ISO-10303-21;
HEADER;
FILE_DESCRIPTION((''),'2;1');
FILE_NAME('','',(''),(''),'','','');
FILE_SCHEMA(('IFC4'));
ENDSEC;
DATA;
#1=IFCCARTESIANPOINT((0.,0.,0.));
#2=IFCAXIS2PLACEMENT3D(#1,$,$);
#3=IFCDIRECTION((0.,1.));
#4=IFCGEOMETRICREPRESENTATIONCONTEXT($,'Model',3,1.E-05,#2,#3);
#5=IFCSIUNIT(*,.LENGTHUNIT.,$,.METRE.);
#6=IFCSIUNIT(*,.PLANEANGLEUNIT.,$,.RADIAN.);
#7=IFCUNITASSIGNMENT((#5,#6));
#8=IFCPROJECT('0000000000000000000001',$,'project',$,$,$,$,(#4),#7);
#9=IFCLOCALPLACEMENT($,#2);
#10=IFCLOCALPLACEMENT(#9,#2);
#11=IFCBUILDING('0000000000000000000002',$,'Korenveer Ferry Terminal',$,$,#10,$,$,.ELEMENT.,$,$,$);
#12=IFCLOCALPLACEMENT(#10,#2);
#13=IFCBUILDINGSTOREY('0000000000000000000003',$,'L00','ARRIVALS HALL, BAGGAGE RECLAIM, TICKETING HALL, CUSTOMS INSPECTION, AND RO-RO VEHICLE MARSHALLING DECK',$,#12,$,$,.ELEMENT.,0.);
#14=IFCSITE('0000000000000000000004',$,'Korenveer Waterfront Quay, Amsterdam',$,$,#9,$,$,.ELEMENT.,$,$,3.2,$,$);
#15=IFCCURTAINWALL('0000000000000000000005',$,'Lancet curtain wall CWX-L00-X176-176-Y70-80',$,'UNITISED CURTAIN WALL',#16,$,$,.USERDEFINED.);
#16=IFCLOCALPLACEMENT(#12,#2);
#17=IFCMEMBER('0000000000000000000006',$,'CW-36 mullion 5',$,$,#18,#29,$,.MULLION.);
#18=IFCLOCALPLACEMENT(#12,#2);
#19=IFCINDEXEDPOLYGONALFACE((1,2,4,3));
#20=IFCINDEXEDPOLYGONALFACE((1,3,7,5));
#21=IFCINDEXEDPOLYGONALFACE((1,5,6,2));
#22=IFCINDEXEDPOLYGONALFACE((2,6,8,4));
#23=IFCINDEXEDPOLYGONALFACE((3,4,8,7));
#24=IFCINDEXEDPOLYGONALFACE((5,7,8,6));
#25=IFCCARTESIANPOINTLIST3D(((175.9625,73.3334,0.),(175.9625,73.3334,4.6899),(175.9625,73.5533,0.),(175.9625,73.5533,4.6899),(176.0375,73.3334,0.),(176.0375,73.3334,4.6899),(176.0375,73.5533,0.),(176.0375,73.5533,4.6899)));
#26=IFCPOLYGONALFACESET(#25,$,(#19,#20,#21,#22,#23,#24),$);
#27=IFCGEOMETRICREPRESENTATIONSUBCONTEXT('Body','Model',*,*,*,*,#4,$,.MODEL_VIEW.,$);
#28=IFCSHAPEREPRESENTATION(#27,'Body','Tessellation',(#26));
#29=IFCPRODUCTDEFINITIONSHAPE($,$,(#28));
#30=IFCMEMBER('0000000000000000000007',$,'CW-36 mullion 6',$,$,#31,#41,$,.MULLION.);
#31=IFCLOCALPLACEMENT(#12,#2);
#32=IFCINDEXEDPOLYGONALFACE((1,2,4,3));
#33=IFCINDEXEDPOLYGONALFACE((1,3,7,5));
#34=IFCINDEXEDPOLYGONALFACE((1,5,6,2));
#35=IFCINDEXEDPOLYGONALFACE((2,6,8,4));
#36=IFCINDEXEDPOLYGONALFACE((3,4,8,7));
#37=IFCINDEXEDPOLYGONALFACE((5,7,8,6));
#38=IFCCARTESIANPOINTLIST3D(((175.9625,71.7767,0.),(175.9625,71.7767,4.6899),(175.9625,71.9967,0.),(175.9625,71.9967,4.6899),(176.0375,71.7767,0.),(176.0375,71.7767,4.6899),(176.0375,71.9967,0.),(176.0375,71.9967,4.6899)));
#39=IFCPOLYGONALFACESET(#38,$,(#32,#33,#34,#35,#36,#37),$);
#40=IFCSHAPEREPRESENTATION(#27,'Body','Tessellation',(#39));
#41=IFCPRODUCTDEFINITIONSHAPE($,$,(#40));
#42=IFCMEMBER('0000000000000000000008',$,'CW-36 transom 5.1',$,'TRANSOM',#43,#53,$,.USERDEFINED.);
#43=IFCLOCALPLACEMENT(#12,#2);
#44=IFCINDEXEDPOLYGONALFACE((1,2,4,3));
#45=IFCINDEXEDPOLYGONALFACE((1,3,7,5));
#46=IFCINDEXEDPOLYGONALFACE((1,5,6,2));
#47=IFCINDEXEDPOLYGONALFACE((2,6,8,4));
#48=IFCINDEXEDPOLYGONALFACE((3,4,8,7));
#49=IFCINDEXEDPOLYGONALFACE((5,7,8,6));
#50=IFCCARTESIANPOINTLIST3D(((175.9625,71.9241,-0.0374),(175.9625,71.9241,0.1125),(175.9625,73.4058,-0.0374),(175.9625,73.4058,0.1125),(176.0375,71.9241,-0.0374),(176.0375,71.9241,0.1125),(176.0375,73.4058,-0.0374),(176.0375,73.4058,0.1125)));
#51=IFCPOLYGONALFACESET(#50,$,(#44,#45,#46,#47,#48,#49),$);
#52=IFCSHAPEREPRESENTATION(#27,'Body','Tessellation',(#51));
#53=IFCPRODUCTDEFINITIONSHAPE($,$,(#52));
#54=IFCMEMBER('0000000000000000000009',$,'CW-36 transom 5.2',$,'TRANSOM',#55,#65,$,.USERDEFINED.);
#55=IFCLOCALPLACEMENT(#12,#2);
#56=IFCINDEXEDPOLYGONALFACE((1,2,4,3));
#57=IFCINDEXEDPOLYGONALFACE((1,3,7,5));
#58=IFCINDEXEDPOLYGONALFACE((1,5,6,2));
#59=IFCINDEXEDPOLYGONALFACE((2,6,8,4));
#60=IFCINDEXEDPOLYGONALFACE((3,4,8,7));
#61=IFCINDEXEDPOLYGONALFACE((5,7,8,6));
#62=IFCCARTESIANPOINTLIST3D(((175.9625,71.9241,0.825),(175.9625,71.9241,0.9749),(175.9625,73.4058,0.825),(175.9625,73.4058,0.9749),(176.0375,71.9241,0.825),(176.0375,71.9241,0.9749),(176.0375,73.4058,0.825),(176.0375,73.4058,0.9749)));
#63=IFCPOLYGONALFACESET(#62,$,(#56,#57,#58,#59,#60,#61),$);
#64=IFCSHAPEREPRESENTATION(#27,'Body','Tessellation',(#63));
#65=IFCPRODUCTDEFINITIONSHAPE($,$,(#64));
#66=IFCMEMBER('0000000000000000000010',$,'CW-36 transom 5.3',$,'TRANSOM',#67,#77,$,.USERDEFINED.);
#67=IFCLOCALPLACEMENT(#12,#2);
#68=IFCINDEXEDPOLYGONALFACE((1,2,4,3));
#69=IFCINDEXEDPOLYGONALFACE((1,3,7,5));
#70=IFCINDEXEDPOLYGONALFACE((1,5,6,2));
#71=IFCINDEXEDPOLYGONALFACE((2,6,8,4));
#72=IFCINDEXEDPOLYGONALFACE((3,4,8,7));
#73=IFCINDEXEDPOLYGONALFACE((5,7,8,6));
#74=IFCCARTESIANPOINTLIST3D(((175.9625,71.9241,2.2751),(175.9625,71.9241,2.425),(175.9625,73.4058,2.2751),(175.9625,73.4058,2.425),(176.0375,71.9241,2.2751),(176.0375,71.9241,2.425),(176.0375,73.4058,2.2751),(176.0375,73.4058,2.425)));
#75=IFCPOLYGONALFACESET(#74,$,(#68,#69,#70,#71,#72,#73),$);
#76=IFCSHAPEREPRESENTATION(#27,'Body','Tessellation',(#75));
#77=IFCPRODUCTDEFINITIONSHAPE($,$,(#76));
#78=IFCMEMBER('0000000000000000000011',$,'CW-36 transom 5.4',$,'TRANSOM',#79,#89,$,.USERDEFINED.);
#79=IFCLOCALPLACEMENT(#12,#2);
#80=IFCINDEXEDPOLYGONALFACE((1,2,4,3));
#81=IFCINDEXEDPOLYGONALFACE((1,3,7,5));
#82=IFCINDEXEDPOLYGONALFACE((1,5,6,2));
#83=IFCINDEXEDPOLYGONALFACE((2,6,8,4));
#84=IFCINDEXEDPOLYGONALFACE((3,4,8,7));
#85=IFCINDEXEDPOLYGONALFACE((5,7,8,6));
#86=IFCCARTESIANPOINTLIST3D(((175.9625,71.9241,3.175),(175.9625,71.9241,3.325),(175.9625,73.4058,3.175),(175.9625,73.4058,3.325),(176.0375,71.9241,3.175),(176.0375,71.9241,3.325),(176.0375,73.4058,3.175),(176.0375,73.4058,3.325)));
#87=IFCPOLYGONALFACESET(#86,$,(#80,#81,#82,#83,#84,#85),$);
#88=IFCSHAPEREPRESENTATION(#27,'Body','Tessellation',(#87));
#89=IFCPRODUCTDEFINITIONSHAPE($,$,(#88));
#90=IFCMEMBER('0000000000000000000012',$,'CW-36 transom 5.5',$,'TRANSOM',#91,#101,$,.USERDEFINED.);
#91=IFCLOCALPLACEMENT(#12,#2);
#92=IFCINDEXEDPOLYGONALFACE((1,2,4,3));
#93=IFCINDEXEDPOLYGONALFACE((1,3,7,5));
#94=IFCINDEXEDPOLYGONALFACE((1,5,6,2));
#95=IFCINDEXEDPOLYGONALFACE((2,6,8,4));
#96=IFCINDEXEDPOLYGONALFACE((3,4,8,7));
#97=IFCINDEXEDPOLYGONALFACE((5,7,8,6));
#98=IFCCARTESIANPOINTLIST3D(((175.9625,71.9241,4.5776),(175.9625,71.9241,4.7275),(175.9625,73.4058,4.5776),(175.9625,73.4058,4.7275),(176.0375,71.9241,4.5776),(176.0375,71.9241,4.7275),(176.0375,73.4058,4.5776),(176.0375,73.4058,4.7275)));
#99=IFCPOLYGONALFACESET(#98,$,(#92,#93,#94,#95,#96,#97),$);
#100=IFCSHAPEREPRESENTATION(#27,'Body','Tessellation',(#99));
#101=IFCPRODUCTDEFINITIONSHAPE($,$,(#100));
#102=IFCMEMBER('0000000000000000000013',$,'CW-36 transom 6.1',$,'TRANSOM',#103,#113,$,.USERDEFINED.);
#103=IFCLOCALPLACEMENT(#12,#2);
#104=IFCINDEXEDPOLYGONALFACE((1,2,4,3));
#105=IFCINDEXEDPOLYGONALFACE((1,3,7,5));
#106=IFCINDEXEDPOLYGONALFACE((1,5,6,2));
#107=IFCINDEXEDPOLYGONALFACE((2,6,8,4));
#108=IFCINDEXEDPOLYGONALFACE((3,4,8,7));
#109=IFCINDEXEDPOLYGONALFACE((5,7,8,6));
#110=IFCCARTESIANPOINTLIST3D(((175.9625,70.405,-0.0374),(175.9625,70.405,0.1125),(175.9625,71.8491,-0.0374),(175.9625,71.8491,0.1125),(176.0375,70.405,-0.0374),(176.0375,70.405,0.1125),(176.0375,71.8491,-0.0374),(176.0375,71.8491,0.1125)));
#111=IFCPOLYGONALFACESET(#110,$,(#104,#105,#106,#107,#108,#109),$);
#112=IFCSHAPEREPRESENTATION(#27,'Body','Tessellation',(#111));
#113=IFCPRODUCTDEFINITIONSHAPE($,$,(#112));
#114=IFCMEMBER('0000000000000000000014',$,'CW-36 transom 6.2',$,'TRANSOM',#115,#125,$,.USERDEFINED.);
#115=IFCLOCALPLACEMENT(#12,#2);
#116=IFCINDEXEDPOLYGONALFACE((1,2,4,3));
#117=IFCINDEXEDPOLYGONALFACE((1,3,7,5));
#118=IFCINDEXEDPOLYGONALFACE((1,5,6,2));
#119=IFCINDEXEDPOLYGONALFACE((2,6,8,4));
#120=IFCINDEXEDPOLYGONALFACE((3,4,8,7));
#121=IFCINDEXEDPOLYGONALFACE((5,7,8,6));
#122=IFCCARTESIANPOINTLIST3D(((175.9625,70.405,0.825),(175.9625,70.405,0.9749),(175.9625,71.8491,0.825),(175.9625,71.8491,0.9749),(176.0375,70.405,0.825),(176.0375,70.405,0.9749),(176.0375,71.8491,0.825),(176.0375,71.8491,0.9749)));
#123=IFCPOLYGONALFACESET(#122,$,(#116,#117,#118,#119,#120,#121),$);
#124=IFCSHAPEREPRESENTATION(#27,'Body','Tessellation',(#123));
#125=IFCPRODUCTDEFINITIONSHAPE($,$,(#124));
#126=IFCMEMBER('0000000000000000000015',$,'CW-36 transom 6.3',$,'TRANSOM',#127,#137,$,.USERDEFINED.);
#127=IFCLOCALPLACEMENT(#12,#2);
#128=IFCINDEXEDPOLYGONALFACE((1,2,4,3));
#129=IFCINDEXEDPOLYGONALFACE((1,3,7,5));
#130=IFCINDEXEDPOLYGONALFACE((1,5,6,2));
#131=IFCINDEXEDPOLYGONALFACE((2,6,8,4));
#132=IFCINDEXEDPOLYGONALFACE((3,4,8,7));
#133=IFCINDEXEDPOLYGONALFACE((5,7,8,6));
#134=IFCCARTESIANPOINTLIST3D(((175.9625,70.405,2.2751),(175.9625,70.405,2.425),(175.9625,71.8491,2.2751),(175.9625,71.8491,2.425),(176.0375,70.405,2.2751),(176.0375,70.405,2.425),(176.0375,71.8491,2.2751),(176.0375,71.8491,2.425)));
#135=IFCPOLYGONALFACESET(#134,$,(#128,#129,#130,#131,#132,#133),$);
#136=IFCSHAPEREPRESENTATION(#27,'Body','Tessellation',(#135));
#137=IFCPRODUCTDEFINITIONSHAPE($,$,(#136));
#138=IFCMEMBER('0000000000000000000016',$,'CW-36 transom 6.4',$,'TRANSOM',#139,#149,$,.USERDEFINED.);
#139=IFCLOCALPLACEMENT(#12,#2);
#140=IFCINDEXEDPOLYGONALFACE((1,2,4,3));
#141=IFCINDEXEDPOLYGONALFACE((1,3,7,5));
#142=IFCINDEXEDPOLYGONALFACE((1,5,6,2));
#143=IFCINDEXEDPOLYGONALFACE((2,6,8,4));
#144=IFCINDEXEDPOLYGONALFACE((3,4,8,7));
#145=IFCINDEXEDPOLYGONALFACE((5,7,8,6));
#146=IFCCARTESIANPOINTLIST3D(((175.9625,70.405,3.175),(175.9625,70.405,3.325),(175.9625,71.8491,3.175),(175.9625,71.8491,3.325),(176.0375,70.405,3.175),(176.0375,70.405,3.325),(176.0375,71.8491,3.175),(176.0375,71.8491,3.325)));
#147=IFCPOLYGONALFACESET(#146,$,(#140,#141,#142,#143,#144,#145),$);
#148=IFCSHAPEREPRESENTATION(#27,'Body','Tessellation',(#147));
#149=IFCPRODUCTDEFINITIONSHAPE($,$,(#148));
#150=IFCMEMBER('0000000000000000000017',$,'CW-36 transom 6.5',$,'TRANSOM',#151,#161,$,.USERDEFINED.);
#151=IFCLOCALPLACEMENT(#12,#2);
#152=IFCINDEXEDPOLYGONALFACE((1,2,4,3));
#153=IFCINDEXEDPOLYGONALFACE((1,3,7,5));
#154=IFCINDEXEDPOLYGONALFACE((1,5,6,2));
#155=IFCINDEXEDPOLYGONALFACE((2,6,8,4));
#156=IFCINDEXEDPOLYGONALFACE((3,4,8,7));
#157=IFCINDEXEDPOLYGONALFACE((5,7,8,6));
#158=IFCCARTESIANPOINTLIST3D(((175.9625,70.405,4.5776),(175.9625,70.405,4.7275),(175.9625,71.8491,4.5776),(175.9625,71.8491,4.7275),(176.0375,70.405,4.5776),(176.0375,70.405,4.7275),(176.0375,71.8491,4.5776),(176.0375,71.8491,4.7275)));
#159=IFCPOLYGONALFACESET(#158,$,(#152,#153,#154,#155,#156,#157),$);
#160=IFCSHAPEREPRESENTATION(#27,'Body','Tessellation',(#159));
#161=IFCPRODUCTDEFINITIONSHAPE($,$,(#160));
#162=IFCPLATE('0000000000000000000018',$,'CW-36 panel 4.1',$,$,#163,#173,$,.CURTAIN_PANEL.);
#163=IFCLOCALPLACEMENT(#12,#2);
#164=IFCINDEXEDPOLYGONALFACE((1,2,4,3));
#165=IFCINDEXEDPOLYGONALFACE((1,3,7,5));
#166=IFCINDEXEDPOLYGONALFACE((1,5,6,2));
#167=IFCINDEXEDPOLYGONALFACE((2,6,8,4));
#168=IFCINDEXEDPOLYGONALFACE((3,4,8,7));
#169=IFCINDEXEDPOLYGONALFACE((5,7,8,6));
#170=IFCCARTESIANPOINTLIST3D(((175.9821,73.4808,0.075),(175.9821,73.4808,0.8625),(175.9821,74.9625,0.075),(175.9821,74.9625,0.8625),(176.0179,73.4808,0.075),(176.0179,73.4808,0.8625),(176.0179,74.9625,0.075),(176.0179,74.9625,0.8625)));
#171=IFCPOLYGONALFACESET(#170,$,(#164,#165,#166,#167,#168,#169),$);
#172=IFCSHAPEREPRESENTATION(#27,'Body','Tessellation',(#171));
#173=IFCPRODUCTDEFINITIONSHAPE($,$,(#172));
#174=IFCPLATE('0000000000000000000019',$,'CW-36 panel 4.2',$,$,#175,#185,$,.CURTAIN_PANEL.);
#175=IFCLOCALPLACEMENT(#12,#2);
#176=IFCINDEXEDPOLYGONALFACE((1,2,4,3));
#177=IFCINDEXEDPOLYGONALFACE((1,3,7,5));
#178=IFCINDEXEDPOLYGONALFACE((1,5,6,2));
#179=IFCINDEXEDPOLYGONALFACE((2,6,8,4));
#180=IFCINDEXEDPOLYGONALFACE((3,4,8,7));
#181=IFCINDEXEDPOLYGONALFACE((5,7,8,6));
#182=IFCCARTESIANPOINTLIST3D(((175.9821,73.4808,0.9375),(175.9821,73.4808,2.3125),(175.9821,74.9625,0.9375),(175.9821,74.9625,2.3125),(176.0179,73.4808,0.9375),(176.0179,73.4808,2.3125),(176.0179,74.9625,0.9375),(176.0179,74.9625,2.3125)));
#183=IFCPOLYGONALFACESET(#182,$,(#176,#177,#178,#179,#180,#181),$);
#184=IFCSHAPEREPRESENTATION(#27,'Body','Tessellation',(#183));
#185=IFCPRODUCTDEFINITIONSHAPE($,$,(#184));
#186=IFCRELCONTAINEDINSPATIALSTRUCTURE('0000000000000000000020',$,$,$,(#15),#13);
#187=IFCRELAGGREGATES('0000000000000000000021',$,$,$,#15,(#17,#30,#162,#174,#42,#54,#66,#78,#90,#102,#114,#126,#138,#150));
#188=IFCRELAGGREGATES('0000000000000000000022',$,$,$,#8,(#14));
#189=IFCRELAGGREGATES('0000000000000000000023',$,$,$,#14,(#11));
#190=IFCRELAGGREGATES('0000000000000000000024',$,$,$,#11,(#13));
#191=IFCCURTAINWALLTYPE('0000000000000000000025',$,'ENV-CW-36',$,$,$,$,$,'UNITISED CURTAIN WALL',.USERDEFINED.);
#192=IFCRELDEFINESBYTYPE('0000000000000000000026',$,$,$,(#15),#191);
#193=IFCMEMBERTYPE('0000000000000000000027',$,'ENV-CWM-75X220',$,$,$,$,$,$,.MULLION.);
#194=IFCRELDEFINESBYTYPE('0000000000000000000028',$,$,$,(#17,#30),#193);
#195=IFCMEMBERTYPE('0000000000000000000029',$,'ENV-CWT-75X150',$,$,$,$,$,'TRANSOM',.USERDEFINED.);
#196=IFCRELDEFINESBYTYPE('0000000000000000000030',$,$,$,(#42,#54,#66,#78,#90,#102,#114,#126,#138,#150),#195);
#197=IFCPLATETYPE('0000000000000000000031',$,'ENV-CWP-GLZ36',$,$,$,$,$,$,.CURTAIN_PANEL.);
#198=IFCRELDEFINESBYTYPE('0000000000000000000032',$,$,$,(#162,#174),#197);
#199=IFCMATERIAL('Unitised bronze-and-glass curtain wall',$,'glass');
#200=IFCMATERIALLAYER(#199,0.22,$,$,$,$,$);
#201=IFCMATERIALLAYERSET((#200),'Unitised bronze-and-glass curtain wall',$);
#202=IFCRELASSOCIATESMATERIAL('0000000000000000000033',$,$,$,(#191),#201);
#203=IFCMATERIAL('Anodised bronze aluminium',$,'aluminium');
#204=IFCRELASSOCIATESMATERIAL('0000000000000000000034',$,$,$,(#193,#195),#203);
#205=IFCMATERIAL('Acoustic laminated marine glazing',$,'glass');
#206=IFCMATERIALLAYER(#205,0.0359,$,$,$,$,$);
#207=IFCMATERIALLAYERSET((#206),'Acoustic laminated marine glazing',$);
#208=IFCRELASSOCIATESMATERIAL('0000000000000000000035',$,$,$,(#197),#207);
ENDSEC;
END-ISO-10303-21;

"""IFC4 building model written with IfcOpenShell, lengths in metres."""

from ifc_helpers import new_model, si_unit, direction, frame, origin, origin_2d, place, context, subcontext, project, spatial, rectangle, extrude, material, layer, layer_set, material_profile, profile_set, type_object, element, aggregate, save


model = new_model("IFC4")

# Units and contexts
model_context = context("Model", 3, precision=1e-05, world=origin(), true_north=direction((0.0, 1.0)))
body_context = subcontext(model_context, "Body", "Model", "MODEL_VIEW")
ifc_project = project(units=[si_unit("LENGTHUNIT", "METRE"), si_unit("PLANEANGLEUNIT", "RADIAN")], contexts=[model_context])

# Site, building, storey
site_placement = place(None, origin())
site = spatial("IfcSite", under=ifc_project, at=site_placement, Name="Korenveer Waterfront Quay, Amsterdam", CompositionType="ELEMENT", RefElevation=3.2)
building_placement = place(site_placement, origin())
building = spatial("IfcBuilding", under=site, at=building_placement, Name="Korenveer Ferry Terminal", CompositionType="ELEMENT")
storey_placement = place(building_placement, origin())
storey = spatial("IfcBuildingStorey", under=building, at=storey_placement, Name="L00", Description="ARRIVALS HALL, BAGGAGE RECLAIM, TICKETING HALL, CUSTOMS INSPECTION, AND RO-RO VEHICLE MARSHALLING DECK", CompositionType="ELEMENT", Elevation=0.0)

# Curtain wall, members, plates
ifc_material_1 = material(Name="Unitised bronze-and-glass curtain wall", Category="glass")
ifc_layer_1 = layer(ifc_material_1, 0.22)
ifc_layer_set_1 = layer_set([ifc_layer_1], Name="Unitised bronze-and-glass curtain wall")
curtain_wall_type = type_object("IfcCurtainWallType", Name="ENV-CW-36", ElementType="UNITISED CURTAIN WALL", PredefinedType="USERDEFINED", material=ifc_layer_set_1)
curtain_wall_placement = place(storey_placement, frame((176.0, 79.6699, 0.0)))
curtain_wall = element("IfcCurtainWall", 1, at=curtain_wall_placement, inside=storey, type_object=curtain_wall_type, Name="Lancet curtain wall CWX-L00-X176-176-Y70-80", ObjectType="UNITISED CURTAIN WALL", PredefinedType="USERDEFINED")
ifc_material_2 = material(Name="Anodised bronze aluminium", Category="aluminium")
ifc_material_profile_1 = material_profile(ifc_material_2, rectangle(XDim=0.075, YDim=0.22, at=origin_2d()), Name="ALU 75x220")
ifc_profile_set_1 = profile_set([ifc_material_profile_1], Name="Anodised bronze aluminium")
member_type_1 = type_object("IfcMemberType", Name="ENV-CWM-75X220", PredefinedType="MULLION", material=ifc_profile_set_1)
member_1_placement = place(storey_placement, frame((176.0, 73.4434, 0.0), z_axis=(0.0, 0.0, 1.0), x_axis=(1.0, 0.0, 0.0)))
member_1 = element("IfcMember", 2, at=member_1_placement, type_object=member_type_1, Name="CW-36 mullion 5", PredefinedType="MULLION", context=body_context, shape_type="SweptSolid", body=[
    extrude(rectangle(XDim=0.075, YDim=0.22, at=origin_2d()), origin(), (0.0, 0.0, 1.0), 4.6899),
])
member_2_placement = place(storey_placement, frame((176.0, 71.8867, 0.0), z_axis=(0.0, 0.0, 1.0), x_axis=(1.0, 0.0, 0.0)))
member_2 = element("IfcMember", 3, at=member_2_placement, type_object=member_type_1, Name="CW-36 mullion 6", PredefinedType="MULLION", context=body_context, shape_type="SweptSolid", body=[
    extrude(rectangle(XDim=0.075, YDim=0.22, at=origin_2d()), origin(), (0.0, 0.0, 1.0), 4.6899),
])
ifc_material_profile_2 = material_profile(ifc_material_2, rectangle(XDim=0.075, YDim=0.1499, at=origin_2d()), Name="ALU 75x150")
ifc_profile_set_2 = profile_set([ifc_material_profile_2], Name="Anodised bronze aluminium")
member_type_2 = type_object("IfcMemberType", Name="ENV-CWT-75X150", ElementType="TRANSOM", PredefinedType="USERDEFINED", material=ifc_profile_set_2)
member_3_placement = place(storey_placement, frame((176.0, 73.4058, 0.0376), z_axis=(0.0, -1.0, 0.0), x_axis=(1.0, 0.0, 0.0)))
member_3 = element("IfcMember", 4, at=member_3_placement, type_object=member_type_2, Name="CW-36 transom 5.1", ObjectType="TRANSOM", PredefinedType="USERDEFINED", context=body_context, shape_type="SweptSolid", body=[
    extrude(rectangle(XDim=0.075, YDim=0.1499, at=origin_2d()), origin(), (0.0, 0.0, 1.0), 1.4817),
])
member_4_placement = place(storey_placement, frame((176.0, 73.4058, 0.8999), z_axis=(0.0, -1.0, 0.0), x_axis=(1.0, 0.0, 0.0)))
member_4 = element("IfcMember", 5, at=member_4_placement, type_object=member_type_2, Name="CW-36 transom 5.2", ObjectType="TRANSOM", PredefinedType="USERDEFINED", context=body_context, shape_type="SweptSolid", body=[
    extrude(rectangle(XDim=0.075, YDim=0.1499, at=origin_2d()), origin(), (0.0, 0.0, 1.0), 1.4817),
])
member_5_placement = place(storey_placement, frame((176.0, 73.4058, 2.3501), z_axis=(0.0, -1.0, 0.0), x_axis=(1.0, 0.0, 0.0)))
member_5 = element("IfcMember", 6, at=member_5_placement, type_object=member_type_2, Name="CW-36 transom 5.3", ObjectType="TRANSOM", PredefinedType="USERDEFINED", context=body_context, shape_type="SweptSolid", body=[
    extrude(rectangle(XDim=0.075, YDim=0.1499, at=origin_2d()), origin(), (0.0, 0.0, 1.0), 1.4817),
])
member_6_placement = place(storey_placement, frame((176.0, 73.4058, 3.25), z_axis=(0.0, -1.0, 0.0), x_axis=(1.0, 0.0, 0.0)))
member_6 = element("IfcMember", 7, at=member_6_placement, type_object=member_type_2, Name="CW-36 transom 5.4", ObjectType="TRANSOM", PredefinedType="USERDEFINED", context=body_context, shape_type="SweptSolid", body=[
    extrude(rectangle(XDim=0.075, YDim=0.1499, at=origin_2d()), origin(), (0.0, 0.0, 1.0), 1.4817),
])
member_7_placement = place(storey_placement, frame((176.0, 73.4058, 4.6526), z_axis=(0.0, -1.0, 0.0), x_axis=(1.0, 0.0, 0.0)))
member_7 = element("IfcMember", 8, at=member_7_placement, type_object=member_type_2, Name="CW-36 transom 5.5", ObjectType="TRANSOM", PredefinedType="USERDEFINED", context=body_context, shape_type="SweptSolid", body=[
    extrude(rectangle(XDim=0.075, YDim=0.1499, at=origin_2d()), origin(), (0.0, 0.0, 1.0), 1.4817),
])
member_8_placement = place(storey_placement, frame((176.0, 71.8491, 0.0376), z_axis=(0.0, -1.0, 0.0), x_axis=(1.0, 0.0, 0.0)))
member_8 = element("IfcMember", 9, at=member_8_placement, type_object=member_type_2, Name="CW-36 transom 6.1", ObjectType="TRANSOM", PredefinedType="USERDEFINED", context=body_context, shape_type="SweptSolid", body=[
    extrude(rectangle(XDim=0.075, YDim=0.1499, at=origin_2d()), origin(), (0.0, 0.0, 1.0), 1.4441),
])
member_9_placement = place(storey_placement, frame((176.0, 71.8491, 0.8999), z_axis=(0.0, -1.0, 0.0), x_axis=(1.0, 0.0, 0.0)))
member_9 = element("IfcMember", 10, at=member_9_placement, type_object=member_type_2, Name="CW-36 transom 6.2", ObjectType="TRANSOM", PredefinedType="USERDEFINED", context=body_context, shape_type="SweptSolid", body=[
    extrude(rectangle(XDim=0.075, YDim=0.1499, at=origin_2d()), origin(), (0.0, 0.0, 1.0), 1.4441),
])
member_10_placement = place(storey_placement, frame((176.0, 71.8491, 2.3501), z_axis=(0.0, -1.0, 0.0), x_axis=(1.0, 0.0, 0.0)))
member_10 = element("IfcMember", 11, at=member_10_placement, type_object=member_type_2, Name="CW-36 transom 6.3", ObjectType="TRANSOM", PredefinedType="USERDEFINED", context=body_context, shape_type="SweptSolid", body=[
    extrude(rectangle(XDim=0.075, YDim=0.1499, at=origin_2d()), origin(), (0.0, 0.0, 1.0), 1.4441),
])
member_11_placement = place(storey_placement, frame((176.0, 71.8491, 3.25), z_axis=(0.0, -1.0, 0.0), x_axis=(1.0, 0.0, 0.0)))
member_11 = element("IfcMember", 12, at=member_11_placement, type_object=member_type_2, Name="CW-36 transom 6.4", ObjectType="TRANSOM", PredefinedType="USERDEFINED", context=body_context, shape_type="SweptSolid", body=[
    extrude(rectangle(XDim=0.075, YDim=0.1499, at=origin_2d()), origin(), (0.0, 0.0, 1.0), 1.4441),
])
member_12_placement = place(storey_placement, frame((176.0, 71.8491, 4.6526), z_axis=(0.0, -1.0, 0.0), x_axis=(1.0, 0.0, 0.0)))
member_12 = element("IfcMember", 13, at=member_12_placement, type_object=member_type_2, Name="CW-36 transom 6.5", ObjectType="TRANSOM", PredefinedType="USERDEFINED", context=body_context, shape_type="SweptSolid", body=[
    extrude(rectangle(XDim=0.075, YDim=0.1499, at=origin_2d()), origin(), (0.0, 0.0, 1.0), 1.4441),
])
ifc_material_3 = material(Name="Acoustic laminated marine glazing", Category="glass")
ifc_layer_2 = layer(ifc_material_3, 0.0359)
ifc_layer_set_2 = layer_set([ifc_layer_2], Name="Acoustic laminated marine glazing")
plate_type = type_object("IfcPlateType", Name="ENV-CWP-GLZ36", PredefinedType="CURTAIN_PANEL", material=ifc_layer_set_2)
plate_1_placement = place(storey_placement, frame((176.0, 74.2217, 0.075), z_axis=(0.0, 0.0, 1.0), x_axis=(0.0, -1.0, 0.0)))
plate_1 = element("IfcPlate", 14, at=plate_1_placement, type_object=plate_type, Name="CW-36 panel 4.1", PredefinedType="CURTAIN_PANEL", context=body_context, shape_type="SweptSolid", body=[
    extrude(rectangle(XDim=1.4817, YDim=0.0359, at=origin_2d()), origin(), (0.0, 0.0, 1.0), 0.7876),
])
plate_2_placement = place(storey_placement, frame((176.0, 74.2217, 0.9375), z_axis=(0.0, 0.0, 1.0), x_axis=(0.0, -1.0, 0.0)))
plate_2 = element("IfcPlate", 15, at=plate_2_placement, type_object=plate_type, Name="CW-36 panel 4.2", PredefinedType="CURTAIN_PANEL", context=body_context, shape_type="SweptSolid", body=[
    extrude(rectangle(XDim=1.4817, YDim=0.0359, at=origin_2d()), origin(), (0.0, 0.0, 1.0), 1.375),
])
aggregate(curtain_wall, [member_1, member_2, plate_1, plate_2, member_3, member_4, member_5, member_6, member_7, member_8, member_9, member_10, member_11, member_12])

save(model, "model.ifc")
